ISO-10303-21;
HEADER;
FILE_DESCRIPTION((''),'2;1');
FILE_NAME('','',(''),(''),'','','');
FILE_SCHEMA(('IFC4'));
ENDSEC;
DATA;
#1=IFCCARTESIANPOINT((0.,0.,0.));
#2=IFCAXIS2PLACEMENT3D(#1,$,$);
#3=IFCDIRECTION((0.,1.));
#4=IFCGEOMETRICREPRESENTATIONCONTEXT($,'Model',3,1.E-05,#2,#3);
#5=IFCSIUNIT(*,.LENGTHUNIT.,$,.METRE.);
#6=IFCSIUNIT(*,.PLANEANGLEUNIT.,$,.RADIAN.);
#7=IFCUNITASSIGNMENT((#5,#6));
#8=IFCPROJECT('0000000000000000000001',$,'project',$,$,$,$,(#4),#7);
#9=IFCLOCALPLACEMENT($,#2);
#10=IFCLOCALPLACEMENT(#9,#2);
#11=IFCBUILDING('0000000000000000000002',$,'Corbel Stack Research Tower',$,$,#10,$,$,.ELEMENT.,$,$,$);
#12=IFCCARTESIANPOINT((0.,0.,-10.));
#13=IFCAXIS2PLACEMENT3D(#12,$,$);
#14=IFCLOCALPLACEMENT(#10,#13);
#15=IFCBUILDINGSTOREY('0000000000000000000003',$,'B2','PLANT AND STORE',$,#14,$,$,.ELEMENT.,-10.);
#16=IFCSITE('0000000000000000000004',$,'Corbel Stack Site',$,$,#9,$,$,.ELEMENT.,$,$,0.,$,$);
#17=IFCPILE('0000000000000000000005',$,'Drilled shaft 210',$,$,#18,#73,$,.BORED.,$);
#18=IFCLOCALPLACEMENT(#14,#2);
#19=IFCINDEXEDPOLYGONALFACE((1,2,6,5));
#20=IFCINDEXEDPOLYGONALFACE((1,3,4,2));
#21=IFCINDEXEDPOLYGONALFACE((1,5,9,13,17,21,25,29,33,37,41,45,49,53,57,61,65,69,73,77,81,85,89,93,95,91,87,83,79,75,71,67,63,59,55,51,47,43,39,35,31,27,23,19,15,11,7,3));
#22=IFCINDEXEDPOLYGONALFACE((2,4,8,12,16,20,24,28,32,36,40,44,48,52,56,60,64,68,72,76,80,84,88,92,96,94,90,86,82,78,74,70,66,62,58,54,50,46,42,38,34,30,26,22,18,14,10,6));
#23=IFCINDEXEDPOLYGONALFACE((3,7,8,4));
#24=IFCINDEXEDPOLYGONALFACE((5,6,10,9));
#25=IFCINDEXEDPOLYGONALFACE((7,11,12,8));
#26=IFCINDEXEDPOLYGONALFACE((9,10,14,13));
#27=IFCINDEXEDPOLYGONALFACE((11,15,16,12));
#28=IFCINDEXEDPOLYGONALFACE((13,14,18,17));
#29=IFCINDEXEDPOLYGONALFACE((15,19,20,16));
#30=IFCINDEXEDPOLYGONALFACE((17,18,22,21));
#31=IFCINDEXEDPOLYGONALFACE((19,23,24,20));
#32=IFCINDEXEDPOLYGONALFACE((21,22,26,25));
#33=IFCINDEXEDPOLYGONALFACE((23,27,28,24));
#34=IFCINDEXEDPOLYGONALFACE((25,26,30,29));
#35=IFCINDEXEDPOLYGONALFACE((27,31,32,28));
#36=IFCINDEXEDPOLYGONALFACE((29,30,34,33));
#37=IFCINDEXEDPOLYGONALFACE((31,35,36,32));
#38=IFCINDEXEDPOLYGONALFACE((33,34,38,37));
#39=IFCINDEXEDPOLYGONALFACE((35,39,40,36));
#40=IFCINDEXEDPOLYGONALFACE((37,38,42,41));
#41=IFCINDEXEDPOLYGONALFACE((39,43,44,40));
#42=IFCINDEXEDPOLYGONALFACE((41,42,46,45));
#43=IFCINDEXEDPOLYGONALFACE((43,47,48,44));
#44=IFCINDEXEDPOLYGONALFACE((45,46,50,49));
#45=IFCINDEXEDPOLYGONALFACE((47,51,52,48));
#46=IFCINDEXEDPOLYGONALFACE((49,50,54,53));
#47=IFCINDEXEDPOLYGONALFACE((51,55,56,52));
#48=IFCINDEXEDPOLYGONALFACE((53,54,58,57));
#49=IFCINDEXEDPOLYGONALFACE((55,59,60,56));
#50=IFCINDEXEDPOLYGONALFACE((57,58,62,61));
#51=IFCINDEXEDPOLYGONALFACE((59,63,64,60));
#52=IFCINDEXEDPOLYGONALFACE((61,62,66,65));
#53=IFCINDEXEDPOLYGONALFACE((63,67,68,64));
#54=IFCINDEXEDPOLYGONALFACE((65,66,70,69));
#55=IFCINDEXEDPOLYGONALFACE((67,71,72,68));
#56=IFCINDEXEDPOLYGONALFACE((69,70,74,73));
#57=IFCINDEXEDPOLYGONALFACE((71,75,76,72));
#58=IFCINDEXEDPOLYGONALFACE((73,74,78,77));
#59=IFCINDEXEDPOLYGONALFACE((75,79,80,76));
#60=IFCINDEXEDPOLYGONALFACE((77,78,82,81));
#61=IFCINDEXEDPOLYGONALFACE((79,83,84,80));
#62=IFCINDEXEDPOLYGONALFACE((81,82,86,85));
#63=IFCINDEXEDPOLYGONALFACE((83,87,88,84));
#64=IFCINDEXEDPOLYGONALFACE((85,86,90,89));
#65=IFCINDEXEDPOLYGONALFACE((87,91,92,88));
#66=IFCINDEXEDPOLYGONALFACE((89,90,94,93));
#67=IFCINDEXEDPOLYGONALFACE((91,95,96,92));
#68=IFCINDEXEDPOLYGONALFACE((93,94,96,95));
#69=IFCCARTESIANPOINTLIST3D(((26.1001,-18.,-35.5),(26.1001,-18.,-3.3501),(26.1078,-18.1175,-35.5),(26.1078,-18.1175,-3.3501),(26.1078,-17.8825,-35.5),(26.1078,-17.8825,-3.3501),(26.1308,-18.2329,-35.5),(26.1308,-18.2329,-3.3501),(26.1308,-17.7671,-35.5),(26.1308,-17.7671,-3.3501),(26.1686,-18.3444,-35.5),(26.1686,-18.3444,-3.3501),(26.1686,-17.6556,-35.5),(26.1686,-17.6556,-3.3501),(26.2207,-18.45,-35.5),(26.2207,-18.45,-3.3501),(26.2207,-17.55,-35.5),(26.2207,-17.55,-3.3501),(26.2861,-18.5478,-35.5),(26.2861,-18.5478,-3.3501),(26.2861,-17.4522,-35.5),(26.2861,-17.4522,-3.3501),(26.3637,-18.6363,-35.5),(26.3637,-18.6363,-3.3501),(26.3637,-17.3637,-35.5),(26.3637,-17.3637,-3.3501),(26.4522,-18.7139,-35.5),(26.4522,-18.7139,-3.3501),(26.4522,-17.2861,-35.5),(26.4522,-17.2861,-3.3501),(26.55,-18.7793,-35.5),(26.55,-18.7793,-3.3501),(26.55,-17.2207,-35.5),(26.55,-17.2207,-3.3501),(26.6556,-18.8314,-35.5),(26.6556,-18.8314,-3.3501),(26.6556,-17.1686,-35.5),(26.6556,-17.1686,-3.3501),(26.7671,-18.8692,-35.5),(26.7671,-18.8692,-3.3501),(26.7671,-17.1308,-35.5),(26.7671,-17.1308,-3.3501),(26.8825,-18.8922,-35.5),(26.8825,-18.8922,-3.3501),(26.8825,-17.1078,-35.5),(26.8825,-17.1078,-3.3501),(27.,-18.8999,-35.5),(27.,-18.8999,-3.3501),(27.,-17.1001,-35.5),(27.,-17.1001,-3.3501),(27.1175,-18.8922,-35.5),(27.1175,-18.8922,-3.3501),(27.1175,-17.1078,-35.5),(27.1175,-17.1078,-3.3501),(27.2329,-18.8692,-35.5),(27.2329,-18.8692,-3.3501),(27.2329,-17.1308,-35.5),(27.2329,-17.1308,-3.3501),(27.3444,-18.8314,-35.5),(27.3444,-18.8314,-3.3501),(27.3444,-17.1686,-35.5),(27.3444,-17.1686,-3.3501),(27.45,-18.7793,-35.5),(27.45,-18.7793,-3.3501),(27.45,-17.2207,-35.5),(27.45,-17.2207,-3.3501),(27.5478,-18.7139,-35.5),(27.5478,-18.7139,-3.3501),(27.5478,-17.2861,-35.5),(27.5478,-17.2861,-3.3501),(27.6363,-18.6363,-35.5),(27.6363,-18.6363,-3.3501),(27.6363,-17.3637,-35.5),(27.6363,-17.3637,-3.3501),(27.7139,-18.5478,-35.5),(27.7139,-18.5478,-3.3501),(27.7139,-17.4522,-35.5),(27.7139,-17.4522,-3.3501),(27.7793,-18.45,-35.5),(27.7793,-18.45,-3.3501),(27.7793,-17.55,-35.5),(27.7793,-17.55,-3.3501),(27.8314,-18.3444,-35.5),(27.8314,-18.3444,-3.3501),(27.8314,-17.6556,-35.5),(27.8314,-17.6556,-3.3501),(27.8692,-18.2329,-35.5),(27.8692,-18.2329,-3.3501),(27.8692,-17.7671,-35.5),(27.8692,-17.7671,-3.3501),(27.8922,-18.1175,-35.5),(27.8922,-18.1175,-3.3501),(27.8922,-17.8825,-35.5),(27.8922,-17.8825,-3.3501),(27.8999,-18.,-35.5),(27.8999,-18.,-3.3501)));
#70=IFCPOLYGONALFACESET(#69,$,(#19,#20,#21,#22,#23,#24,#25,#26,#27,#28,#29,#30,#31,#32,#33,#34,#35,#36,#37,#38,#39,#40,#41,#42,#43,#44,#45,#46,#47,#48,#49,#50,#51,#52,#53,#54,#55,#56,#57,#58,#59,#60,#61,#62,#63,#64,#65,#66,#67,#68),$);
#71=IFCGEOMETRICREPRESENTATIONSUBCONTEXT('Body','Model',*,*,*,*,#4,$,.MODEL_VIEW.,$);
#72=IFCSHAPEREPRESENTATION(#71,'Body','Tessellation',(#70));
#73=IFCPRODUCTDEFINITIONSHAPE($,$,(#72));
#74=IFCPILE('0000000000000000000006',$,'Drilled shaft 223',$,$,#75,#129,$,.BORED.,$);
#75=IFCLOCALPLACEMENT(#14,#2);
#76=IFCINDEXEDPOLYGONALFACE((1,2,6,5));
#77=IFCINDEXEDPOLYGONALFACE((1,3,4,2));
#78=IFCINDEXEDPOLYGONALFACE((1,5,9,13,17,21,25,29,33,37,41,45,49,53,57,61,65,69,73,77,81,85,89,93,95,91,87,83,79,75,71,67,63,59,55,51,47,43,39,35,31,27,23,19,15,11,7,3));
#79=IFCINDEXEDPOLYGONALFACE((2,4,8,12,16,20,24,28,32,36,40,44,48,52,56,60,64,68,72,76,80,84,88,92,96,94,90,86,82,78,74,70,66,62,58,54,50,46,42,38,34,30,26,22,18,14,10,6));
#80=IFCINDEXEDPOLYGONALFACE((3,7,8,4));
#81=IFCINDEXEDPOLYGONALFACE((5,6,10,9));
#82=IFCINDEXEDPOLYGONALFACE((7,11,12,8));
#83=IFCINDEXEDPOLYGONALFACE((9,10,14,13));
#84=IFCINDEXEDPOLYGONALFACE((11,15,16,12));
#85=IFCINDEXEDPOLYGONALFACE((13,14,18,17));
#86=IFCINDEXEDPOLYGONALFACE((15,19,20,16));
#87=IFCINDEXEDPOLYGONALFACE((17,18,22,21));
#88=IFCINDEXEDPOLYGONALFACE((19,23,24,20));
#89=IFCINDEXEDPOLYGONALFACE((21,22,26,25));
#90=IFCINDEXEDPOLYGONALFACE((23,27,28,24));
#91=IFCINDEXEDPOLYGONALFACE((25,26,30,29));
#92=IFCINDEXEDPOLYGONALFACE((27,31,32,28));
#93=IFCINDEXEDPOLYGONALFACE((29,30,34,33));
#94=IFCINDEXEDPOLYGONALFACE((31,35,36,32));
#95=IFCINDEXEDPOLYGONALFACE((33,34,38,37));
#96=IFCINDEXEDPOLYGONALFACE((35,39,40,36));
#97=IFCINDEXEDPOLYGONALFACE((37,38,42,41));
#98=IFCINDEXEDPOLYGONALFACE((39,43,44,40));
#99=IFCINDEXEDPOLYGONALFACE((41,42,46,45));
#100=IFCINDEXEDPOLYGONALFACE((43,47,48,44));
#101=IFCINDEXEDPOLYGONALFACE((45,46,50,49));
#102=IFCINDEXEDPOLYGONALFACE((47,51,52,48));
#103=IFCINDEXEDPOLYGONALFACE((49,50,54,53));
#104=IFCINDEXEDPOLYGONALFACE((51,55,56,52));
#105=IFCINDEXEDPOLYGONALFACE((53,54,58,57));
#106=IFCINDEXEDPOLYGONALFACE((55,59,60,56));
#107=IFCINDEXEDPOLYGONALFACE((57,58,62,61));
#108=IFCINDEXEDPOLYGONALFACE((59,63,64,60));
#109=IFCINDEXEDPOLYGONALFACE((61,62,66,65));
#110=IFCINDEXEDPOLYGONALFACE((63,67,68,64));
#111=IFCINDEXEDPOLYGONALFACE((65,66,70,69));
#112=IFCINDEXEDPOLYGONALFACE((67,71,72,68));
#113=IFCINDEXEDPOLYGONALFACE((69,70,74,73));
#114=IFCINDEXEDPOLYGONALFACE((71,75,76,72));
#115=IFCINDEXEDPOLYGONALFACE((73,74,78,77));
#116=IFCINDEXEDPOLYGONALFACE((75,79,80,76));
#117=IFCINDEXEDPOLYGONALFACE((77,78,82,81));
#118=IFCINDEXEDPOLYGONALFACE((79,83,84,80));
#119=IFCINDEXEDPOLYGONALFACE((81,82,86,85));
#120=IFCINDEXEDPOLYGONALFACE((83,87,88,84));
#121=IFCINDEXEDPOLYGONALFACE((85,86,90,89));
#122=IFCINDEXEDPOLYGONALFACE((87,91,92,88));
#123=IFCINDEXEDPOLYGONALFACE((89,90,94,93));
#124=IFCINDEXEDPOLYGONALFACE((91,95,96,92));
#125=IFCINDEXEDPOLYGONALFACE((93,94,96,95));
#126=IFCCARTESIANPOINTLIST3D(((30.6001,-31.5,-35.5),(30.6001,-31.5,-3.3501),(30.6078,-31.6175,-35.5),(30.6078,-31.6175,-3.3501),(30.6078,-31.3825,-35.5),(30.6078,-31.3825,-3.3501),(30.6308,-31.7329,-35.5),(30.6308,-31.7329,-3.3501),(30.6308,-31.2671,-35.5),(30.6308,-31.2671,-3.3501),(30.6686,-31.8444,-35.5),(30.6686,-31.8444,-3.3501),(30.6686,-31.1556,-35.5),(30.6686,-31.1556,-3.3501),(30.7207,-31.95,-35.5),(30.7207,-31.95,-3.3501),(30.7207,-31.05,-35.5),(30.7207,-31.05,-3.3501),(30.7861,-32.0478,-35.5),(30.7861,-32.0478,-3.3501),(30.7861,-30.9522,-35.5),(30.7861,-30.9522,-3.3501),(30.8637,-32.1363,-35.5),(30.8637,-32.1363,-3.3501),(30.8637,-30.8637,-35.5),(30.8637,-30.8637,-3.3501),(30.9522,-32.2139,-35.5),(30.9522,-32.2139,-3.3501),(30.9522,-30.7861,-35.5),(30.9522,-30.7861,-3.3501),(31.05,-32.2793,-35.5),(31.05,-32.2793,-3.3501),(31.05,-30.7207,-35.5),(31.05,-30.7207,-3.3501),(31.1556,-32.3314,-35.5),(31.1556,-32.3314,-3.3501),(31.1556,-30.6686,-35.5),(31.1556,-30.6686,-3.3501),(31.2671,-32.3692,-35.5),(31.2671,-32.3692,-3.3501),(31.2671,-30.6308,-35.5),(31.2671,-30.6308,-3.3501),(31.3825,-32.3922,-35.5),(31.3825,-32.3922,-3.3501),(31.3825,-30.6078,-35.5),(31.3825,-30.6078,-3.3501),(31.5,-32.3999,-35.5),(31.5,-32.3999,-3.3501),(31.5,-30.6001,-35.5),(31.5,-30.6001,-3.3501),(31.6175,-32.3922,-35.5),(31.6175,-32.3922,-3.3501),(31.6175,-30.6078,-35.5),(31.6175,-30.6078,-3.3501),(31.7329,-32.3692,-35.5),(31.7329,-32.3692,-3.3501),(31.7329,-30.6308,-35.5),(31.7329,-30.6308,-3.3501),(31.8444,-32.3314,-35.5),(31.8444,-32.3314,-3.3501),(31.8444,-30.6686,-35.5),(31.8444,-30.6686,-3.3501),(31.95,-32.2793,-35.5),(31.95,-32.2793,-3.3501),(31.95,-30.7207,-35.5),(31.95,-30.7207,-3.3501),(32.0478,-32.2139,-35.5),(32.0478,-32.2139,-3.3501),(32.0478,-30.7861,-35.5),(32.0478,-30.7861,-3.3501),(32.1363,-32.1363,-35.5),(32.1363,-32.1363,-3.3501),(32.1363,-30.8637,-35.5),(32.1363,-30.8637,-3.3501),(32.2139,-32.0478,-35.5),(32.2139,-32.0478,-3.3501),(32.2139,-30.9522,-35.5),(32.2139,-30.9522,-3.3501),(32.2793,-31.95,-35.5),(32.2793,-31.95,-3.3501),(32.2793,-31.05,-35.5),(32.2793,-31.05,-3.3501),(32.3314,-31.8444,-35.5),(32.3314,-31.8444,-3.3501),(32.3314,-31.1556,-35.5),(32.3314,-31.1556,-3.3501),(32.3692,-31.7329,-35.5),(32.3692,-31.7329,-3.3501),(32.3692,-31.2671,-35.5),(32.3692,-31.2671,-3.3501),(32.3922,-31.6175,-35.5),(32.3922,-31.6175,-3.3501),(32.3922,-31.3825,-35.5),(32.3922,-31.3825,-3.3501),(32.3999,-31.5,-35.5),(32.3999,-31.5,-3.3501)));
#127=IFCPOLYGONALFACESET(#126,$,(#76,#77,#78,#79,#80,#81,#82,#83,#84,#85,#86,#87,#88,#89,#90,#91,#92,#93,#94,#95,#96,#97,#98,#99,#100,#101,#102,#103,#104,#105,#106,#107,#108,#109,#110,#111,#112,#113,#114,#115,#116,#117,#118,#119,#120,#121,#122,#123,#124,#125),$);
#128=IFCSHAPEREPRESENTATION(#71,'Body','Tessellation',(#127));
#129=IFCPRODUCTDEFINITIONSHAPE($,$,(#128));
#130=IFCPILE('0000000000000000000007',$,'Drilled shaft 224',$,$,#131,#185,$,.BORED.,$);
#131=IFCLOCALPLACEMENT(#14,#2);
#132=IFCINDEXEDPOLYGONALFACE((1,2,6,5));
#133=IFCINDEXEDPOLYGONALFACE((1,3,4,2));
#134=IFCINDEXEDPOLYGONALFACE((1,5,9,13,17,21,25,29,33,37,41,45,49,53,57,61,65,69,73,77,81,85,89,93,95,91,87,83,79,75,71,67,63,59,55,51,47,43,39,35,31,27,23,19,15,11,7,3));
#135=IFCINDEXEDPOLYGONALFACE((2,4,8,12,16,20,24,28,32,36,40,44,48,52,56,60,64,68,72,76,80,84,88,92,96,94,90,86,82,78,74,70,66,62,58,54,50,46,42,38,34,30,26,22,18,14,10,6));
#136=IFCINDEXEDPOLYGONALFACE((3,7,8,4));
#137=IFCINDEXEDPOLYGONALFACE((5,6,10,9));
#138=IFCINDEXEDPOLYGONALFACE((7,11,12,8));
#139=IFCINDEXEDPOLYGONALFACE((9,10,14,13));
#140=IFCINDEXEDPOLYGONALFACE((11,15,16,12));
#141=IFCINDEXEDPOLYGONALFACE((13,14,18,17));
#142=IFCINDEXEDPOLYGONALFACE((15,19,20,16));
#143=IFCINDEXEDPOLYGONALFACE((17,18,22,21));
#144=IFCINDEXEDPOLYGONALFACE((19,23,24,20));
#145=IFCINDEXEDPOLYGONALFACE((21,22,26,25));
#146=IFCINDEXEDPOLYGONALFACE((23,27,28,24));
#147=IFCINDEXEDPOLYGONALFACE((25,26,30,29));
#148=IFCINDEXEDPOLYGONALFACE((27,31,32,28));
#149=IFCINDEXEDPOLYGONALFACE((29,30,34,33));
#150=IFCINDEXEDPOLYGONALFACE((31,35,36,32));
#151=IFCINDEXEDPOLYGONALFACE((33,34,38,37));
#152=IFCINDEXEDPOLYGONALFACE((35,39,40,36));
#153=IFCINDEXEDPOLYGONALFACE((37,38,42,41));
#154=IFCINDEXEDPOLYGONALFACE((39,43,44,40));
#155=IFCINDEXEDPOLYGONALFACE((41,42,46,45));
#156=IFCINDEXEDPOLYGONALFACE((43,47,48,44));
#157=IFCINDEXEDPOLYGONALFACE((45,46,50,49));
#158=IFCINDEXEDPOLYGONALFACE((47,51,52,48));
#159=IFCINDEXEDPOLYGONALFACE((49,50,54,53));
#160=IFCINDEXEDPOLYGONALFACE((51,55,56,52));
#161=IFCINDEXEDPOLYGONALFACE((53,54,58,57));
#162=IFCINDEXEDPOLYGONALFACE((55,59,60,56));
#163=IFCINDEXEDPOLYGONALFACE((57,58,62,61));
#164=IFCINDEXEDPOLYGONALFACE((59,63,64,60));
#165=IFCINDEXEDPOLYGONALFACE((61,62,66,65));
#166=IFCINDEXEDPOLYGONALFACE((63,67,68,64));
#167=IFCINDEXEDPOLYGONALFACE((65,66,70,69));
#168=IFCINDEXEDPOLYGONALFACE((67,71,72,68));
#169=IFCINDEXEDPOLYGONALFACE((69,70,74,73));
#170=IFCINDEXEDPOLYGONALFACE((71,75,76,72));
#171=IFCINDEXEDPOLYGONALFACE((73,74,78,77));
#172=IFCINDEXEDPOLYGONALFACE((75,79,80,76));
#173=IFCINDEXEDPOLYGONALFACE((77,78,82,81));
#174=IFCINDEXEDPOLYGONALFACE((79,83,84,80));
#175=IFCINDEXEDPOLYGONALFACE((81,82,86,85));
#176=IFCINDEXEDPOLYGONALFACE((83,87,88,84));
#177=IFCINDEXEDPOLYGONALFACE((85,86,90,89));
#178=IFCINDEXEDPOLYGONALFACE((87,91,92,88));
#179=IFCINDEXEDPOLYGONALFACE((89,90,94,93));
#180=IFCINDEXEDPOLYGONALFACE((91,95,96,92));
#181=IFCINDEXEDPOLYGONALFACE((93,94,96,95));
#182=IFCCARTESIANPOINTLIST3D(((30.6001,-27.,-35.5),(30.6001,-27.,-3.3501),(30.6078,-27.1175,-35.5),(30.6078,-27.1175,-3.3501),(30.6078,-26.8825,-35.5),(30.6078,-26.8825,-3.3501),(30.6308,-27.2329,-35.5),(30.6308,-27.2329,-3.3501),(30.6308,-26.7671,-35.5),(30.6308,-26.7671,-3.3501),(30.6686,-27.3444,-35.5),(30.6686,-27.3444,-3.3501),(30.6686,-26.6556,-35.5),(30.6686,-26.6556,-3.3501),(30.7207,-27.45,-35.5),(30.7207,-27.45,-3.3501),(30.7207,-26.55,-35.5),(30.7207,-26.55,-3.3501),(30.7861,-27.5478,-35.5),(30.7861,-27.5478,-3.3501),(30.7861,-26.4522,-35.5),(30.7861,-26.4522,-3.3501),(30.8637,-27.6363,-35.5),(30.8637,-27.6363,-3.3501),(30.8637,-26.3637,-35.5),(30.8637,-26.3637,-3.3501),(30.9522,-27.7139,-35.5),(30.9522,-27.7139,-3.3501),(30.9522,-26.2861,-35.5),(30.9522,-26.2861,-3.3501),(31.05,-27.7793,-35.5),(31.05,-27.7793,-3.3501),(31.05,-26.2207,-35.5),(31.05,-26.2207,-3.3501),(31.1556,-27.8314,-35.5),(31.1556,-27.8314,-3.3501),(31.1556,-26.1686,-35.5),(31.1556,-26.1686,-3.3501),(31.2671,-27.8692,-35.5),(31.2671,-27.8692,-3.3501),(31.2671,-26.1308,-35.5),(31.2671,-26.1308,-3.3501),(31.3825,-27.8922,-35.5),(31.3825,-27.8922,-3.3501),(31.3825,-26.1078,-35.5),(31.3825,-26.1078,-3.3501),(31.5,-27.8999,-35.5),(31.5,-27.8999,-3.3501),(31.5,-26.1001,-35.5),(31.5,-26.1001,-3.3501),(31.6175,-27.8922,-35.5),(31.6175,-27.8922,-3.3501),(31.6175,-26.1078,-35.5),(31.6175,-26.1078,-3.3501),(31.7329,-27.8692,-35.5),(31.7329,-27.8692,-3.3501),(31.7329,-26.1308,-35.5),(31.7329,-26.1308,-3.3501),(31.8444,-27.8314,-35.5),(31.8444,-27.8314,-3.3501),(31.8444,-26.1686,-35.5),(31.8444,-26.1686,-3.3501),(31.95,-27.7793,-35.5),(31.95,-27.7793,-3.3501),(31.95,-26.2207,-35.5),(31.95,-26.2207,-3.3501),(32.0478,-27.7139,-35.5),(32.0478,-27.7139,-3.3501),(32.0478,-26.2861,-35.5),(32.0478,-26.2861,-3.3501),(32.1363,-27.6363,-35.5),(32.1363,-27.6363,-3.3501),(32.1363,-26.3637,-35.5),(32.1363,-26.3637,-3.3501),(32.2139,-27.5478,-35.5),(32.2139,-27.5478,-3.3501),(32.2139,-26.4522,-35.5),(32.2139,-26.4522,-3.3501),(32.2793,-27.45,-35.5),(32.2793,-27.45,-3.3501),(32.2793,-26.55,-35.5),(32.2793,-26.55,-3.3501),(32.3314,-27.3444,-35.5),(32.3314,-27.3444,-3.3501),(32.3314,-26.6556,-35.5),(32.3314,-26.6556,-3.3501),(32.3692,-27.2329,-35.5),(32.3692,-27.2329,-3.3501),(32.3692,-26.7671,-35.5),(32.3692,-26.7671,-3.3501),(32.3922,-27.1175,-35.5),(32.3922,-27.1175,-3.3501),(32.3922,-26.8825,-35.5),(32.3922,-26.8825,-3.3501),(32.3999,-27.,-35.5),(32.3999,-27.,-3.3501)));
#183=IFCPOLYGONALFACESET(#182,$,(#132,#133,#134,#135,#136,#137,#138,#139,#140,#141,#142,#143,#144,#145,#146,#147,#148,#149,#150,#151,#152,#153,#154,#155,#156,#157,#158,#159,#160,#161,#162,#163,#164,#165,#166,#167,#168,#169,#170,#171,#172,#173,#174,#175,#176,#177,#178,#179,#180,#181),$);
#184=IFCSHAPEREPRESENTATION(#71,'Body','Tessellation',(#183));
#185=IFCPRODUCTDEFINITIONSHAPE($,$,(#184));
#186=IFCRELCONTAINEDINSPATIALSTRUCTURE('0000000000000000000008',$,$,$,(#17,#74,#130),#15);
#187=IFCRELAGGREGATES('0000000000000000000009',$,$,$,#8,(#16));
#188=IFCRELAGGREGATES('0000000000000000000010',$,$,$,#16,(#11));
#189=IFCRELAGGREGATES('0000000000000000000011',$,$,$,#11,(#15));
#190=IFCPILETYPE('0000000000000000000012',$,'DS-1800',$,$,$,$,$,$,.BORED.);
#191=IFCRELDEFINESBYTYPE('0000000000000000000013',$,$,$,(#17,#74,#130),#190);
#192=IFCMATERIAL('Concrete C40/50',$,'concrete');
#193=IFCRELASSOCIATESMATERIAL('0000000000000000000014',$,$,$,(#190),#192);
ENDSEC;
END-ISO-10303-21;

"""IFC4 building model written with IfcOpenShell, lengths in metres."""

from ifc_helpers import new_model, si_unit, direction, frame, origin, origin_2d, place, context, subcontext, project, spatial, circle, extrude, material, material_profile, profile_set, type_object, element, save


model = new_model("IFC4")

# Units and contexts
model_context = context("Model", 3, precision=1e-05, world=origin(), true_north=direction((0.0, 1.0)))
body_context = subcontext(model_context, "Body", "Model", "MODEL_VIEW")
ifc_project = project(units=[si_unit("LENGTHUNIT", "METRE"), si_unit("PLANEANGLEUNIT", "RADIAN")], contexts=[model_context])

# Site, building, storey
site_placement = place(None, origin())
site = spatial("IfcSite", under=ifc_project, at=site_placement, Name="Corbel Stack Site", CompositionType="ELEMENT", RefElevation=0.0)
building_placement = place(site_placement, origin())
building = spatial("IfcBuilding", under=site, at=building_placement, Name="Corbel Stack Research Tower", CompositionType="ELEMENT")
storey_placement = place(building_placement, frame((0.0, 0.0, -10.0)))
storey = spatial("IfcBuildingStorey", under=building, at=storey_placement, Name="B2", Description="PLANT AND STORE", CompositionType="ELEMENT", Elevation=-10.0)

# Piles
ifc_material_1 = material(Name="Concrete C40/50", Category="concrete")
ifc_material_profile_1 = material_profile(ifc_material_1, circle(Radius=0.8999, at=origin_2d()), Name="Shaft 1800")
ifc_profile_set_1 = profile_set([ifc_material_profile_1], Name="Concrete C40/50")
pile_type = type_object("IfcPileType", Name="DS-1800", PredefinedType="BORED", material=ifc_profile_set_1)
for number, where, z_axis, x_axis, name in (
    (1, (27.0, -18.0, -3.3501), (0.0, 0.0, -1.0), (1.0, 0.0, 0.0), "Drilled shaft 210"),
    (2, (31.5, -31.5, -3.3501), (0.0, 0.0, -1.0), (1.0, 0.0, 0.0), "Drilled shaft 223"),
    (3, (31.5, -27.0, -3.3501), (0.0, 0.0, -1.0), (1.0, 0.0, 0.0), "Drilled shaft 224"),
):
    element("IfcPile", number, at=place(storey_placement, frame(where, z_axis=z_axis, x_axis=x_axis)), inside=storey, type_object=pile_type, Name=name, PredefinedType="BORED", context=body_context, shape_type="SweptSolid", body=[
        extrude(circle(Radius=0.8999, at=origin_2d()), origin(), (0.0, 0.0, 1.0), 32.1499),
    ])

save(model, "model.ifc")
